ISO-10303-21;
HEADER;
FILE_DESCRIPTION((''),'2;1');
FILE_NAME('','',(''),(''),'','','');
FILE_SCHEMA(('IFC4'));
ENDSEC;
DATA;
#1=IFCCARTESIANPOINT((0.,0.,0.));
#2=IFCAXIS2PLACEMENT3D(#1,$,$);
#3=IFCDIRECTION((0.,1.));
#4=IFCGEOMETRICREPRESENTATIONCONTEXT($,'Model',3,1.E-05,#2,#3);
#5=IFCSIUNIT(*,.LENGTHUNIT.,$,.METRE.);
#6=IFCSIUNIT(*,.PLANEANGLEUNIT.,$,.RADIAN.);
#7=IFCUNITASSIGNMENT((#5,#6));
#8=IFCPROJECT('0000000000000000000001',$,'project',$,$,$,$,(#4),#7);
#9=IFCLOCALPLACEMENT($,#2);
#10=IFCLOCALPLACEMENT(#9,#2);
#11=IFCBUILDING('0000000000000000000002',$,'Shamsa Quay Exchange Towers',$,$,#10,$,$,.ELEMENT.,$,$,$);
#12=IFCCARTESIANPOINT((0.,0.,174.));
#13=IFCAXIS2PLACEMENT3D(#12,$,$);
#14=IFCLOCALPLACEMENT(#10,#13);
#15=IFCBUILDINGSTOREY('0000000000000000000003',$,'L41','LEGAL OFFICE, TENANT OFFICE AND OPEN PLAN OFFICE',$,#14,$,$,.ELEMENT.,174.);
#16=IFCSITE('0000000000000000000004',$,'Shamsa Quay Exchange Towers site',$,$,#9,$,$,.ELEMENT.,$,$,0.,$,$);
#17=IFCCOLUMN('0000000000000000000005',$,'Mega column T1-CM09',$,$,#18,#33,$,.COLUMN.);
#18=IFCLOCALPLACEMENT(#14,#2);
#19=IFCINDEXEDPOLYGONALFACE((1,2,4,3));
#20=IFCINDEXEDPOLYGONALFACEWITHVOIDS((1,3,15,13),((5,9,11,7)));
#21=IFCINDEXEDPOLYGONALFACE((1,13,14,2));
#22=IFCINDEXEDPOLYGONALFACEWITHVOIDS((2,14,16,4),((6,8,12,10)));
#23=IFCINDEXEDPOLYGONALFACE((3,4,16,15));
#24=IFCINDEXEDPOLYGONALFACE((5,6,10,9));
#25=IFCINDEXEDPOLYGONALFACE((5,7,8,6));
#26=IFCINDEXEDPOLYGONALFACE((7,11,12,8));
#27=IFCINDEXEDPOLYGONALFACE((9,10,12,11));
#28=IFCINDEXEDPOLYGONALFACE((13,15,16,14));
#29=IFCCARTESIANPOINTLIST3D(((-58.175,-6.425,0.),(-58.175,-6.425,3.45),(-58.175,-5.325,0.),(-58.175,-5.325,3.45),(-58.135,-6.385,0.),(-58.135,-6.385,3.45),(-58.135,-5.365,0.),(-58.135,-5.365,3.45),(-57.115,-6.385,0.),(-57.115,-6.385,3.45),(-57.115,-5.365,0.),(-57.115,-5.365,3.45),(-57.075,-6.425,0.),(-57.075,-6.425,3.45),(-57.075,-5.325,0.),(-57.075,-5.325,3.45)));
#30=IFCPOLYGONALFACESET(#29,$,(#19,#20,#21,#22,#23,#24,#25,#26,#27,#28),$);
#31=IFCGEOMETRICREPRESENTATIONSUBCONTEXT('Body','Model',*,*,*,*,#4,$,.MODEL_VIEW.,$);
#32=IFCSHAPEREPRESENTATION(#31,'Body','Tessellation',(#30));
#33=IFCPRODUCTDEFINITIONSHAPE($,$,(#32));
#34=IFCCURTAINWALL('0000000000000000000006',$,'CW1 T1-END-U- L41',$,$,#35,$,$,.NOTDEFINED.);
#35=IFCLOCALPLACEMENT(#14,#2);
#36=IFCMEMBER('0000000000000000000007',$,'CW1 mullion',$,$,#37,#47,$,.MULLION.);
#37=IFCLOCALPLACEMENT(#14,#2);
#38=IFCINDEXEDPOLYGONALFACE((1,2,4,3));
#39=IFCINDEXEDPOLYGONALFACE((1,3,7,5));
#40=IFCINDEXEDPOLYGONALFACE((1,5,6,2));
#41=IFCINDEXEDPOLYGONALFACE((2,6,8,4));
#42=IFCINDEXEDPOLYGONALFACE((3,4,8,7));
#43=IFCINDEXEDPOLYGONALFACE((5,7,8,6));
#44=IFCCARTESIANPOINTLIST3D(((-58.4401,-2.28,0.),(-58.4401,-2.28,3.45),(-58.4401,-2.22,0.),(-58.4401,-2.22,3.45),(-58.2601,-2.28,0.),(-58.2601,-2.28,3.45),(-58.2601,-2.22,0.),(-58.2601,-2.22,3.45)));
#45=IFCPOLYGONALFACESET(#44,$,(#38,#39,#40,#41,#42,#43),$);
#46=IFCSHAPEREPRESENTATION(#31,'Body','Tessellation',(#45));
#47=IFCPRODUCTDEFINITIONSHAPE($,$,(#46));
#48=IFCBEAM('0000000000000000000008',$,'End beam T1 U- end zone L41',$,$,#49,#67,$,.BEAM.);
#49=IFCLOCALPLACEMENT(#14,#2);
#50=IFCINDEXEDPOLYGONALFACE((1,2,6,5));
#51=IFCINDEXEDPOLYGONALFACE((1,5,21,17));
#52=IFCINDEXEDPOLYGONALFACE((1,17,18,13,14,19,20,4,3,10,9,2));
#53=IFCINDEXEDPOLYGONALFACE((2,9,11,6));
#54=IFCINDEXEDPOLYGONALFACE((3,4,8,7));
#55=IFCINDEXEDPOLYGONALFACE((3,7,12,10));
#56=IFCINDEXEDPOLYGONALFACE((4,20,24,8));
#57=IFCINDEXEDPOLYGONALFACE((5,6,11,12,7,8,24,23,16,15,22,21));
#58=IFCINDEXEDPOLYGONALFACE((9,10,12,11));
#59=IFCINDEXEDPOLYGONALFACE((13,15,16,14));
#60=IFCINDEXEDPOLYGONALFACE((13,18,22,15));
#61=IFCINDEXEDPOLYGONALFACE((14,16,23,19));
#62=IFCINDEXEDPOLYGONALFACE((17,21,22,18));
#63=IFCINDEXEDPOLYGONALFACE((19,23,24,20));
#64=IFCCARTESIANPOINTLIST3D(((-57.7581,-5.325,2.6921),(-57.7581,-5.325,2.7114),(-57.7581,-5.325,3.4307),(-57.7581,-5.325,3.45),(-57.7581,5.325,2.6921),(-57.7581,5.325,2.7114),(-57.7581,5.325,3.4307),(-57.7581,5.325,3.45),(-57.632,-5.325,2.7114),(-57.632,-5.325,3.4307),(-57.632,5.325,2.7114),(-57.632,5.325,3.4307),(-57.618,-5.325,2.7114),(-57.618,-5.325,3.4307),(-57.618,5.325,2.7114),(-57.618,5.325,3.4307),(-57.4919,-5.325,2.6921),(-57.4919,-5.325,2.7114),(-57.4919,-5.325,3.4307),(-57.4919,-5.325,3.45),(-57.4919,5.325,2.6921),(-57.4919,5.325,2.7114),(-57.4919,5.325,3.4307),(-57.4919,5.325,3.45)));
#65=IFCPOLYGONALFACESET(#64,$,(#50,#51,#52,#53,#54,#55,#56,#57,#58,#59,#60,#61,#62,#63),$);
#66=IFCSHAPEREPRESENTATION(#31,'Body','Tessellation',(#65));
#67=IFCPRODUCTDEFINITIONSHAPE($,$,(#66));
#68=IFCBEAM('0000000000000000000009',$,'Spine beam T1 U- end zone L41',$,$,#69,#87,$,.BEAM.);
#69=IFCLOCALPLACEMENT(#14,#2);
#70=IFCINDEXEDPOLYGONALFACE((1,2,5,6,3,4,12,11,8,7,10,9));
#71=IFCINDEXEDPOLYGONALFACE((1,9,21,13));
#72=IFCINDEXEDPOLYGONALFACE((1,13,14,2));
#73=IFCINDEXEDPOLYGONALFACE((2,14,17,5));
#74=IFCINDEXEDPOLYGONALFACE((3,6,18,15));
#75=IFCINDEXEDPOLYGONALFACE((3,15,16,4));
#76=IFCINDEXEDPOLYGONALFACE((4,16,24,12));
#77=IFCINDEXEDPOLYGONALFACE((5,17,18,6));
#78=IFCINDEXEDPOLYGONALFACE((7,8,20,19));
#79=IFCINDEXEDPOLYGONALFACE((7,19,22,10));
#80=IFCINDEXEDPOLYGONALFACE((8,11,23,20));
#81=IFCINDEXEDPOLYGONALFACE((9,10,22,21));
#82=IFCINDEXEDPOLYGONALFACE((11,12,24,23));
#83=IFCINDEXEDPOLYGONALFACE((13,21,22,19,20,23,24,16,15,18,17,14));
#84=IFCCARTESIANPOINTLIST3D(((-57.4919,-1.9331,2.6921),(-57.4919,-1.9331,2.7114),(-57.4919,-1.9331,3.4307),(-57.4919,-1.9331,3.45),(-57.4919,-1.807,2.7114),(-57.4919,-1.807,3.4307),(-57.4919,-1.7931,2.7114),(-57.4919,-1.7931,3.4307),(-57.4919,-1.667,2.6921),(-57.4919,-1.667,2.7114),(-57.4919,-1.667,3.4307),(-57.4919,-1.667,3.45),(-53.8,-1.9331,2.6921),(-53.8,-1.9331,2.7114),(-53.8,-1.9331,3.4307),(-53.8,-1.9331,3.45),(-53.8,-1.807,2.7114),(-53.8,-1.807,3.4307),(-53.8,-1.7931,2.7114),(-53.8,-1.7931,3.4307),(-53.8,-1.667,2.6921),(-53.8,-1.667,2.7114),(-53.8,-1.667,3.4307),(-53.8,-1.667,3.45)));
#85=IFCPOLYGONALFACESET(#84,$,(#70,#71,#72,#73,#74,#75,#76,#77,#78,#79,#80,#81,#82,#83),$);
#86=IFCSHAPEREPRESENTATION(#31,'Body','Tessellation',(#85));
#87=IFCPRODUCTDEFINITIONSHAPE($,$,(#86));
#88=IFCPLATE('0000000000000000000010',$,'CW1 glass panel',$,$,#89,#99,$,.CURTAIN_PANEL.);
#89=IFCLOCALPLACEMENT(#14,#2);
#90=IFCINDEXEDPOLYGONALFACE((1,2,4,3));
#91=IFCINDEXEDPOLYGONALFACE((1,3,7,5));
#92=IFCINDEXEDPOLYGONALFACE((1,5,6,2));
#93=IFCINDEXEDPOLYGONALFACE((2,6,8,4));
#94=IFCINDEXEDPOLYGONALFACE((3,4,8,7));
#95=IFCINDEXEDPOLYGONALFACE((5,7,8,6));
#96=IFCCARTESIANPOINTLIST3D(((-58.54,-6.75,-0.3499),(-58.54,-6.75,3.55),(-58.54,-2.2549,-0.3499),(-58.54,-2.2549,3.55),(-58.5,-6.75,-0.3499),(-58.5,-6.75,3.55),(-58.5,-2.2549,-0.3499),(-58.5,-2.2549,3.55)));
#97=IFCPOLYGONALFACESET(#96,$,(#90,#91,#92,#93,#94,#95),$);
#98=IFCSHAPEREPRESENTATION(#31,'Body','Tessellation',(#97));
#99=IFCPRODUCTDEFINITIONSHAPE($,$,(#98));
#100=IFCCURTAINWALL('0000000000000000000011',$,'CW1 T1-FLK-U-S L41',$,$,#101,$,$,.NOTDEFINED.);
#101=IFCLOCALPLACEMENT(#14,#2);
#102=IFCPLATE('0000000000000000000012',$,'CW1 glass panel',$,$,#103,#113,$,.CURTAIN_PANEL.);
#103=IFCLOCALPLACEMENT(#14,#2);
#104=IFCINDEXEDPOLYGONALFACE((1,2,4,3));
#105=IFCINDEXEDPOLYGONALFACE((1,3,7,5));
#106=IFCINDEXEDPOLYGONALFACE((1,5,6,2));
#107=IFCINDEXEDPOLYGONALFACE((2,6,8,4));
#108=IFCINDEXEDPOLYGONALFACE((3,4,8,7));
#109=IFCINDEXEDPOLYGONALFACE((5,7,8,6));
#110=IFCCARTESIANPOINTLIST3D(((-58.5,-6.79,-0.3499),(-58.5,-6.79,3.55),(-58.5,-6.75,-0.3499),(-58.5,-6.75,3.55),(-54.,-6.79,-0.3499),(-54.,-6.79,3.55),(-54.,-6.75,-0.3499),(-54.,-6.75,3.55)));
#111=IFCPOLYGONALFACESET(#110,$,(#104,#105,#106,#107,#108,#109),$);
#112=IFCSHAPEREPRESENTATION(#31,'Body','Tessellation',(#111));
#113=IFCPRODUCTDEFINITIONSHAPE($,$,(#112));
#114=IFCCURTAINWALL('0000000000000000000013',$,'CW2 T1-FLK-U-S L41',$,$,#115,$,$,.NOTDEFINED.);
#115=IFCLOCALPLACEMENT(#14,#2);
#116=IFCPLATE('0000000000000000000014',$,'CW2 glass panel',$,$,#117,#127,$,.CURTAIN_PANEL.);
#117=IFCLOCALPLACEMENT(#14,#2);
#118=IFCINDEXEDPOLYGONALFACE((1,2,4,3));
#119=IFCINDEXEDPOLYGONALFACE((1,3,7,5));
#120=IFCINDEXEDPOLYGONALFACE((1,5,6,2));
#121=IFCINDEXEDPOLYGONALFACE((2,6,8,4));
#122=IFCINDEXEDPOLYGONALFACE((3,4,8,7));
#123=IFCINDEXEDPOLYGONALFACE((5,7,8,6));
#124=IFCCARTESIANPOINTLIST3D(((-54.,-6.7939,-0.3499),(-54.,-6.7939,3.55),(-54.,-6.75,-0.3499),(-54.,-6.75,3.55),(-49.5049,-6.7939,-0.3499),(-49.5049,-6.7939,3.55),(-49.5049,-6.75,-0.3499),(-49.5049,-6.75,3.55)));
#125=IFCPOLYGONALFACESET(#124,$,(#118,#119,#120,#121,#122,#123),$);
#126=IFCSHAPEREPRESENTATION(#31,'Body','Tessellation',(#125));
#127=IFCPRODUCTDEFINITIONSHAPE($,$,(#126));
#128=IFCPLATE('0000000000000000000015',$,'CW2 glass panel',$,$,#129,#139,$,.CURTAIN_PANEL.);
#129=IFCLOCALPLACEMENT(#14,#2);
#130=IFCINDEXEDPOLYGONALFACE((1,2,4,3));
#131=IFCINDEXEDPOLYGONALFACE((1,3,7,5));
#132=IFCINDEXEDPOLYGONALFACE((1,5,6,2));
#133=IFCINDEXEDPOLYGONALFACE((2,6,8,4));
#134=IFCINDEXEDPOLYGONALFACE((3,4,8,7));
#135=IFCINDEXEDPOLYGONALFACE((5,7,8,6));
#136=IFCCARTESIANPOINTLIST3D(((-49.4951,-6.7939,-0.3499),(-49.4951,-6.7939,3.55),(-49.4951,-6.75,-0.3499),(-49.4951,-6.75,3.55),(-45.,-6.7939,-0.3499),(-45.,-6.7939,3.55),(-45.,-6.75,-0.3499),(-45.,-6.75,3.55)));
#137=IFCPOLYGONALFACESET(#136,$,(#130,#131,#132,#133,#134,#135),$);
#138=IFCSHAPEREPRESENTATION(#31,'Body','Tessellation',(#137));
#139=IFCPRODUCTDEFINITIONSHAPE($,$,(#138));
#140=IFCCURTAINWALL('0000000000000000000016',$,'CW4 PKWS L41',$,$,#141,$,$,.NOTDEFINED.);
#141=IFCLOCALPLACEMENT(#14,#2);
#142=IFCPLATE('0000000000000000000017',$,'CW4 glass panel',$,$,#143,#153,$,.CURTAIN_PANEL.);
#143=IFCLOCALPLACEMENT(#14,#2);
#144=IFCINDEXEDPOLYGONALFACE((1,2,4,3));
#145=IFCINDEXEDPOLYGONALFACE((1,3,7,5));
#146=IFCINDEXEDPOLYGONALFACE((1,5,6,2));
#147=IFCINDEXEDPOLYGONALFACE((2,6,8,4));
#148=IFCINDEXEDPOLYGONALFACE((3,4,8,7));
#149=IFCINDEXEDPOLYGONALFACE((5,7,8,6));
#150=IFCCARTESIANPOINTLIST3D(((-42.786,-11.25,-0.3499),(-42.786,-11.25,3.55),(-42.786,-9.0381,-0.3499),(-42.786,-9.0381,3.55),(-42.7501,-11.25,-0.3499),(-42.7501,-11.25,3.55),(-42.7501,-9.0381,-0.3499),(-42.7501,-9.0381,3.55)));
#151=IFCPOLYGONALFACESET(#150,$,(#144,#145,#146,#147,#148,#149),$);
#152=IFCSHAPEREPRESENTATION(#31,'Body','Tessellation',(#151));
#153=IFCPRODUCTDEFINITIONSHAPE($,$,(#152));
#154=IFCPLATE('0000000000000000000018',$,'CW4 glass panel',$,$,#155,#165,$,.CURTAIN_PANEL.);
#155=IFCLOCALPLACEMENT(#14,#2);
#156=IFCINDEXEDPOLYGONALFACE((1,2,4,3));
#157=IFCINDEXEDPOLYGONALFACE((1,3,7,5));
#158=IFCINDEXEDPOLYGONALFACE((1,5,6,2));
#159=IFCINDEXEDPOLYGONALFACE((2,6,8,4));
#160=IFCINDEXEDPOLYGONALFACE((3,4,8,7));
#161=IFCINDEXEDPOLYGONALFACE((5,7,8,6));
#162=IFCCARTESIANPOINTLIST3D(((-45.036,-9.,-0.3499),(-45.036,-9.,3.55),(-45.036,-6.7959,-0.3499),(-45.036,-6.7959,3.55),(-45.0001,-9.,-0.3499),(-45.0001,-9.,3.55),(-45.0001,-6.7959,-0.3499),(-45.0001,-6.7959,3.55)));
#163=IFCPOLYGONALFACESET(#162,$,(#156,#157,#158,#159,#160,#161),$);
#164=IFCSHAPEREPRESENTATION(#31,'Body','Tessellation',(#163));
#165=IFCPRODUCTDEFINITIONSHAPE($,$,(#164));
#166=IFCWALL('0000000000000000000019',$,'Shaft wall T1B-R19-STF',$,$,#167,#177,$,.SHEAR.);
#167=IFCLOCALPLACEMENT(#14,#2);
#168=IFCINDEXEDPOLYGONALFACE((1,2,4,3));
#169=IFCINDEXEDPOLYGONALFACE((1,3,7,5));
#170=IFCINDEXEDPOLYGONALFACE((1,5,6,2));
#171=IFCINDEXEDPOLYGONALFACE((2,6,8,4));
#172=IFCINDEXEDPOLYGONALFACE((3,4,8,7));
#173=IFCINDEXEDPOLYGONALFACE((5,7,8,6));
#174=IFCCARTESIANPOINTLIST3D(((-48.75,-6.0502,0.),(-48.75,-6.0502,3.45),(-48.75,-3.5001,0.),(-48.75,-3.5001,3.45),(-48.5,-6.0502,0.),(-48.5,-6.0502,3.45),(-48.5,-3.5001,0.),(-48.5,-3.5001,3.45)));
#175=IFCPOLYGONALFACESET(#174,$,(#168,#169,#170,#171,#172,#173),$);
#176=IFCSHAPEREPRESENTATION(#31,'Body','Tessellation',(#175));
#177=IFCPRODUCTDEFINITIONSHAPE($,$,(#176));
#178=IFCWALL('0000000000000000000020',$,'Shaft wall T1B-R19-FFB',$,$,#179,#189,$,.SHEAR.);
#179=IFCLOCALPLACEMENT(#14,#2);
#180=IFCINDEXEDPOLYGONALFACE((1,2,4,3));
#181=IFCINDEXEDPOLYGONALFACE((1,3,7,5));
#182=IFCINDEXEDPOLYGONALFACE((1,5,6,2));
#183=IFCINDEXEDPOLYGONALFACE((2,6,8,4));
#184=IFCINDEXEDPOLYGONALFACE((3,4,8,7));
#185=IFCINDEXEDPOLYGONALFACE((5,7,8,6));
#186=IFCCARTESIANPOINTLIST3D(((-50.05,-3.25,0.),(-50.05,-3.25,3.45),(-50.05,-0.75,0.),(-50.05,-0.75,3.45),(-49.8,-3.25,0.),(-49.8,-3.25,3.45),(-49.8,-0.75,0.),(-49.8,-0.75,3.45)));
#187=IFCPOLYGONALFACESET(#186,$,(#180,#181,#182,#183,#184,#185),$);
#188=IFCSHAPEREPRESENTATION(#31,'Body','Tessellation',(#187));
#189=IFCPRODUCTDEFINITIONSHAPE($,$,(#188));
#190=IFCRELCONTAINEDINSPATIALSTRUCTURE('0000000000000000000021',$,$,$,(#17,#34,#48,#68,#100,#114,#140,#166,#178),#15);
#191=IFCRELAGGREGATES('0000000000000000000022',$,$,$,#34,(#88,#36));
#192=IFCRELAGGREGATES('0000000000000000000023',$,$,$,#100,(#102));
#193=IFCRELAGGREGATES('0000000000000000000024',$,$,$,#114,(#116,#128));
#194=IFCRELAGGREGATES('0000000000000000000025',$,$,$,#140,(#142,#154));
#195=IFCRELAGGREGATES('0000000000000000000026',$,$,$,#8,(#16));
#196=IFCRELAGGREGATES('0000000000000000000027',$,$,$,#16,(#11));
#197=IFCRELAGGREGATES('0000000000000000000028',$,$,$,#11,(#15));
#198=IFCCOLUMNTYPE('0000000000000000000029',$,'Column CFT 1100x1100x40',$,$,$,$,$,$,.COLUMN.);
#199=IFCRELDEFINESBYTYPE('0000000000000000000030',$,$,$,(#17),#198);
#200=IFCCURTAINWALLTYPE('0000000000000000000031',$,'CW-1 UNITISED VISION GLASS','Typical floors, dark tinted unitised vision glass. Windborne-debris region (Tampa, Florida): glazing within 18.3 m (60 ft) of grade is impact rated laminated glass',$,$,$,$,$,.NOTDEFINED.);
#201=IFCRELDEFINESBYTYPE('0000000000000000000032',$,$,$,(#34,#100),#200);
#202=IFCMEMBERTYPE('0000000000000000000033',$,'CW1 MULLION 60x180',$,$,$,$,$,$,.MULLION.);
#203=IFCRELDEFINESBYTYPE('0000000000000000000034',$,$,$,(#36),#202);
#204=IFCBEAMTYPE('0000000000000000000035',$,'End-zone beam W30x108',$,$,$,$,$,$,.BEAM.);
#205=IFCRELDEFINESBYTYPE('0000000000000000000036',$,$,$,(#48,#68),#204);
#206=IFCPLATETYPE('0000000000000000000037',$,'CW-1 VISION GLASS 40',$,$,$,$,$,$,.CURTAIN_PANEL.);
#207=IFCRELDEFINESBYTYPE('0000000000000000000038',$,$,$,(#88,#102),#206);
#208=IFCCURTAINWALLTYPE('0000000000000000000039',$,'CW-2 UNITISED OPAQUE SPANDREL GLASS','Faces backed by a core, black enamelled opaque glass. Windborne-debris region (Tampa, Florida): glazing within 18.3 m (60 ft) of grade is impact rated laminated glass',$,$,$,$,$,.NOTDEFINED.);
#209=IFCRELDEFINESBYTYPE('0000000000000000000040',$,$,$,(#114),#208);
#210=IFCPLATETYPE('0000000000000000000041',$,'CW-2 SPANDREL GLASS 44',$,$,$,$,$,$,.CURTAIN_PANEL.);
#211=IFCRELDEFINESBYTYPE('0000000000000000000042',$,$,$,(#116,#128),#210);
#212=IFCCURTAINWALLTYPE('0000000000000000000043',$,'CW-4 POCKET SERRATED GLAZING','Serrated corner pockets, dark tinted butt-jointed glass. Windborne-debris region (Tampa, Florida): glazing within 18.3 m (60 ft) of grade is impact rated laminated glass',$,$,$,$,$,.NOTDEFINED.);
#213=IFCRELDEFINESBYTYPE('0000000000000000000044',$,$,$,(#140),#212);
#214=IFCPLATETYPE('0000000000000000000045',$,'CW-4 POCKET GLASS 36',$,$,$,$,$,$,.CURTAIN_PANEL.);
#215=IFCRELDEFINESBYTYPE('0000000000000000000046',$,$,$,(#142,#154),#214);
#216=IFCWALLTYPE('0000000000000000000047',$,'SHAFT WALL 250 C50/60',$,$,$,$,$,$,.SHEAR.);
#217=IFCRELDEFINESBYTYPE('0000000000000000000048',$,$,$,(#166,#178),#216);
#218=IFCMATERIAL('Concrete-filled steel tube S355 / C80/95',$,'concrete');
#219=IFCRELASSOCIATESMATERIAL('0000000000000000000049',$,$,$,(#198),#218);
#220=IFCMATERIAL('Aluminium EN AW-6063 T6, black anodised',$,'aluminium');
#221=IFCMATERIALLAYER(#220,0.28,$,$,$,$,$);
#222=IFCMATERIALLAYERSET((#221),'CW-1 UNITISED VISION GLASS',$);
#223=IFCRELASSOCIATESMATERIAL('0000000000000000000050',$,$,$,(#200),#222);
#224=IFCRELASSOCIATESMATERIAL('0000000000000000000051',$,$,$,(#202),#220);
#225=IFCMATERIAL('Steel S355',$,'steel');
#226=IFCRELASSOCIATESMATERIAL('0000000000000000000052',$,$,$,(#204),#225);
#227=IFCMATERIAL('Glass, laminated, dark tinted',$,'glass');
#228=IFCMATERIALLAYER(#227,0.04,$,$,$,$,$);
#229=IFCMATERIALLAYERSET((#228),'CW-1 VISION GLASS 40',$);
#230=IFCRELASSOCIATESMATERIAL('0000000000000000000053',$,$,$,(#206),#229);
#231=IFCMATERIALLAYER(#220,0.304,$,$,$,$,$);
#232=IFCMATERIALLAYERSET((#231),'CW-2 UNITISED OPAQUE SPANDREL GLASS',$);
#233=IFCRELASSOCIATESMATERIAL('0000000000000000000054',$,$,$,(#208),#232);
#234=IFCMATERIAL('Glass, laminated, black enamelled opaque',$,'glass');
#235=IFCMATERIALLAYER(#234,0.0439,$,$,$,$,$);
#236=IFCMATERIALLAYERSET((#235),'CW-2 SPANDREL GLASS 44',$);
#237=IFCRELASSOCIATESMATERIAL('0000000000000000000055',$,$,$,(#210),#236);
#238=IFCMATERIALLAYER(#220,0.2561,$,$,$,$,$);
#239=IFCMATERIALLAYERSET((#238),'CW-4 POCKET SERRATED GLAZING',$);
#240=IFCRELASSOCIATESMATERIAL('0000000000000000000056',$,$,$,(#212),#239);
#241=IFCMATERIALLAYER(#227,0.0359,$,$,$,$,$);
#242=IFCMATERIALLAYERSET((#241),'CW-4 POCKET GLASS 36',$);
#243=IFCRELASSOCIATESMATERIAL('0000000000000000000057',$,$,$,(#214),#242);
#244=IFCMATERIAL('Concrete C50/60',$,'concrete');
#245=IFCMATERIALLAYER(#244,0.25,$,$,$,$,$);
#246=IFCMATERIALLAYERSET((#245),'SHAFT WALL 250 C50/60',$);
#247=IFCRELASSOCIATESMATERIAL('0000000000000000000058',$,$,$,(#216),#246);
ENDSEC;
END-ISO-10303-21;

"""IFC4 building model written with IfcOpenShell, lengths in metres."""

from ifc_helpers import new_model, si_unit, direction, frame, frame_2d, origin, origin_2d, place, context, subcontext, project, spatial, rectangle, hollow_rectangle, i_section, extrude, material, layer, layer_set, material_profile, profile_set, type_object, element, aggregate, save


model = new_model("IFC4")

# Units and contexts
model_context = context("Model", 3, precision=1e-05, world=origin(), true_north=direction((0.0, 1.0)))
body_context = subcontext(model_context, "Body", "Model", "MODEL_VIEW")
ifc_project = project(units=[si_unit("LENGTHUNIT", "METRE"), si_unit("PLANEANGLEUNIT", "RADIAN")], contexts=[model_context])

# Site, building, storey
site_placement = place(None, origin())
site = spatial("IfcSite", under=ifc_project, at=site_placement, Name="Shamsa Quay Exchange Towers site", CompositionType="ELEMENT", RefElevation=0.0)
building_placement = place(site_placement, origin())
building = spatial("IfcBuilding", under=site, at=building_placement, Name="Shamsa Quay Exchange Towers", CompositionType="ELEMENT")
storey_placement = place(building_placement, frame((0.0, 0.0, 174.0)))
storey = spatial("IfcBuildingStorey", under=building, at=storey_placement, Name="L41", Description="LEGAL OFFICE, TENANT OFFICE AND OPEN PLAN OFFICE", CompositionType="ELEMENT", Elevation=174.0)

# Column
ifc_material_1 = material(Name="Concrete-filled steel tube S355 / C80/95", Category="concrete")
ifc_material_profile_1 = material_profile(ifc_material_1, hollow_rectangle(XDim=1.1001, YDim=1.1001, WallThickness=0.04, at=origin_2d()), Name="CFT 1100x1100x40")
ifc_profile_set_1 = profile_set([ifc_material_profile_1], Name="Concrete-filled steel tube S355 / C80/95")
column_type = type_object("IfcColumnType", Name="Column CFT 1100x1100x40", PredefinedType="COLUMN", material=ifc_profile_set_1)
column_placement = place(storey_placement, frame((-57.625, -5.875, 0.0)))
element("IfcColumn", 1, at=column_placement, inside=storey, type_object=column_type, Name="Mega column T1-CM09", PredefinedType="COLUMN", context=body_context, shape_type="SweptSolid", body=[
    extrude(hollow_rectangle(XDim=1.1001, YDim=1.1001, WallThickness=0.04, at=origin_2d()), origin(), (0.0, 0.0, 1.0), 3.45),
])

# Curtain wall, member
ifc_material_2 = material(Name="Aluminium EN AW-6063 T6, black anodised", Category="aluminium")
ifc_layer_1 = layer(ifc_material_2, 0.28)
ifc_layer_set_1 = layer_set([ifc_layer_1], Name="CW-1 UNITISED VISION GLASS")
curtain_wall_type_1 = type_object("IfcCurtainWallType", Name="CW-1 UNITISED VISION GLASS", Description="Typical floors, dark tinted unitised vision glass. Windborne-debris region (Tampa, Florida): glazing within 18.3 m (60 ft) of grade is impact rated laminated glass", PredefinedType="NOTDEFINED", material=ifc_layer_set_1)
curtain_wall_1_placement = place(storey_placement, origin())
curtain_wall_1 = element("IfcCurtainWall", 2, at=curtain_wall_1_placement, inside=storey, type_object=curtain_wall_type_1, Name="CW1 T1-END-U- L41", PredefinedType="NOTDEFINED")
ifc_material_profile_2 = material_profile(ifc_material_2, rectangle(XDim=0.1799, YDim=0.0601, at=origin_2d()), Name="MU60x180")
ifc_profile_set_2 = profile_set([ifc_material_profile_2], Name="Aluminium EN AW-6063 T6, black anodised")
member_type = type_object("IfcMemberType", Name="CW1 MULLION 60x180", PredefinedType="MULLION", material=ifc_profile_set_2)
member_placement = place(storey_placement, frame((-58.3501, -2.25, 0.0)))
member = element("IfcMember", 3, at=member_placement, type_object=member_type, Name="CW1 mullion", PredefinedType="MULLION", context=body_context, shape_type="SweptSolid", body=[
    extrude(rectangle(XDim=0.1799, YDim=0.0601, at=origin_2d()), origin(), (0.0, 0.0, 1.0), 3.45),
])

# Beams
ifc_material_3 = material(Name="Steel S355", Category="steel")
ifc_material_profile_3 = material_profile(ifc_material_3, i_section(OverallWidth=0.2661, OverallDepth=0.7578, WebThickness=0.0139, FlangeThickness=0.0193, at=origin_2d()), Name="W30x108")
ifc_profile_set_3 = profile_set([ifc_material_profile_3], Name="Steel S355")
beam_type = type_object("IfcBeamType", Name="End-zone beam W30x108", PredefinedType="BEAM", material=ifc_profile_set_3)
beam_1_placement = place(storey_placement, frame((-57.625, -5.325, 3.071), z_axis=(0.0, 1.0, 0.0), x_axis=(-1.0, 0.0, 0.0)))
element("IfcBeam", 4, at=beam_1_placement, inside=storey, type_object=beam_type, Name="End beam T1 U- end zone L41", PredefinedType="BEAM", context=body_context, shape_type="SweptSolid", body=[
    extrude(i_section(OverallWidth=0.2661, OverallDepth=0.7578, WebThickness=0.0139, FlangeThickness=0.0193, at=origin_2d()), origin(), (0.0, 0.0, 1.0), 10.6499),
])
beam_2_placement = place(storey_placement, frame((-53.8, -1.8, 3.071), z_axis=(-1.0, 0.0, 0.0), x_axis=(0.0, -1.0, 0.0)))
element("IfcBeam", 5, at=beam_2_placement, inside=storey, type_object=beam_type, Name="Spine beam T1 U- end zone L41", PredefinedType="BEAM", context=body_context, shape_type="SweptSolid", body=[
    extrude(i_section(OverallWidth=0.2661, OverallDepth=0.7578, WebThickness=0.0139, FlangeThickness=0.0193, at=origin_2d()), origin(), (0.0, 0.0, 1.0), 3.6919),
])

# Plate
ifc_material_4 = material(Name="Glass, laminated, dark tinted", Category="glass")
ifc_layer_2 = layer(ifc_material_4, 0.04)
ifc_layer_set_2 = layer_set([ifc_layer_2], Name="CW-1 VISION GLASS 40")
plate_type_1 = type_object("IfcPlateType", Name="CW-1 VISION GLASS 40", PredefinedType="CURTAIN_PANEL", material=ifc_layer_set_2)
plate_1_placement = place(storey_placement, frame((-58.52, -4.5024, -0.3499), z_axis=(0.0, 0.0, 1.0), x_axis=(0.0, -1.0, 0.0)))
plate_1 = element("IfcPlate", 6, at=plate_1_placement, type_object=plate_type_1, Name="CW1 glass panel", PredefinedType="CURTAIN_PANEL", context=body_context, shape_type="SweptSolid", body=[
    extrude(rectangle(XDim=4.4951, YDim=0.04, at=origin_2d()), origin(), (0.0, 0.0, 1.0), 3.8999),
])
aggregate(curtain_wall_1, [plate_1, member])

# Curtain wall, plate
curtain_wall_2_placement = place(storey_placement, origin())
curtain_wall_2 = element("IfcCurtainWall", 7, at=curtain_wall_2_placement, inside=storey, type_object=curtain_wall_type_1, Name="CW1 T1-FLK-U-S L41", PredefinedType="NOTDEFINED")
plate_2_placement = place(storey_placement, frame((-56.25, -6.77, -0.3499)))
plate_2 = element("IfcPlate", 8, at=plate_2_placement, type_object=plate_type_1, Name="CW1 glass panel", PredefinedType="CURTAIN_PANEL", context=body_context, shape_type="SweptSolid", body=[
    extrude(rectangle(XDim=4.5, YDim=0.04, at=origin_2d()), origin(), (0.0, 0.0, 1.0), 3.8999),
])
aggregate(curtain_wall_2, [plate_2])

# Curtain walls, plates
ifc_layer_3 = layer(ifc_material_2, 0.304)
ifc_layer_set_3 = layer_set([ifc_layer_3], Name="CW-2 UNITISED OPAQUE SPANDREL GLASS")
curtain_wall_type_2 = type_object("IfcCurtainWallType", Name="CW-2 UNITISED OPAQUE SPANDREL GLASS", Description="Faces backed by a core, black enamelled opaque glass. Windborne-debris region (Tampa, Florida): glazing within 18.3 m (60 ft) of grade is impact rated laminated glass", PredefinedType="NOTDEFINED", material=ifc_layer_set_3)
curtain_wall_3_placement = place(storey_placement, origin())
curtain_wall_3 = element("IfcCurtainWall", 9, at=curtain_wall_3_placement, inside=storey, type_object=curtain_wall_type_2, Name="CW2 T1-FLK-U-S L41", PredefinedType="NOTDEFINED")
ifc_material_5 = material(Name="Glass, laminated, black enamelled opaque", Category="glass")
ifc_layer_4 = layer(ifc_material_5, 0.0439)
ifc_layer_set_4 = layer_set([ifc_layer_4], Name="CW-2 SPANDREL GLASS 44")
plate_type_2 = type_object("IfcPlateType", Name="CW-2 SPANDREL GLASS 44", PredefinedType="CURTAIN_PANEL", material=ifc_layer_set_4)
plate_3_placement = place(storey_placement, frame((-51.7524, -6.772, -0.3499)))
plate_3 = element("IfcPlate", 10, at=plate_3_placement, type_object=plate_type_2, Name="CW2 glass panel", PredefinedType="CURTAIN_PANEL", context=body_context, shape_type="SweptSolid", body=[
    extrude(rectangle(XDim=4.4951, YDim=0.0439, at=origin_2d()), origin(), (0.0, 0.0, 1.0), 3.8999),
])
plate_4_placement = place(storey_placement, frame((-47.2476, -6.772, -0.3499)))
plate_4 = element("IfcPlate", 11, at=plate_4_placement, type_object=plate_type_2, Name="CW2 glass panel", PredefinedType="CURTAIN_PANEL", context=body_context, shape_type="SweptSolid", body=[
    extrude(rectangle(XDim=4.4951, YDim=0.0439, at=origin_2d()), origin(), (0.0, 0.0, 1.0), 3.8999),
])
aggregate(curtain_wall_3, [plate_3, plate_4])
ifc_layer_5 = layer(ifc_material_2, 0.2561)
ifc_layer_set_5 = layer_set([ifc_layer_5], Name="CW-4 POCKET SERRATED GLAZING")
curtain_wall_type_3 = type_object("IfcCurtainWallType", Name="CW-4 POCKET SERRATED GLAZING", Description="Serrated corner pockets, dark tinted butt-jointed glass. Windborne-debris region (Tampa, Florida): glazing within 18.3 m (60 ft) of grade is impact rated laminated glass", PredefinedType="NOTDEFINED", material=ifc_layer_set_5)
curtain_wall_4_placement = place(storey_placement, origin())
curtain_wall_4 = element("IfcCurtainWall", 12, at=curtain_wall_4_placement, inside=storey, type_object=curtain_wall_type_3, Name="CW4 PKWS L41", PredefinedType="NOTDEFINED")
ifc_layer_6 = layer(ifc_material_4, 0.0359)
ifc_layer_set_6 = layer_set([ifc_layer_6], Name="CW-4 POCKET GLASS 36")
plate_type_3 = type_object("IfcPlateType", Name="CW-4 POCKET GLASS 36", PredefinedType="CURTAIN_PANEL", material=ifc_layer_set_6)
plate_5_placement = place(storey_placement, frame((-42.7681, -10.144, -0.3499), z_axis=(0.0, 0.0, 1.0), x_axis=(0.0, -1.0, 0.0)))
plate_5 = element("IfcPlate", 13, at=plate_5_placement, type_object=plate_type_3, Name="CW4 glass panel", PredefinedType="CURTAIN_PANEL", context=body_context, shape_type="SweptSolid", body=[
    extrude(rectangle(XDim=2.2119, YDim=0.0359, at=origin_2d()), origin(), (0.0, 0.0, 1.0), 3.8999),
])
plate_6_placement = place(storey_placement, frame((-45.0181, -7.8979, -0.3499), z_axis=(0.0, 0.0, 1.0), x_axis=(0.0, -1.0, 0.0)))
plate_6 = element("IfcPlate", 14, at=plate_6_placement, type_object=plate_type_3, Name="CW4 glass panel", PredefinedType="CURTAIN_PANEL", context=body_context, shape_type="SweptSolid", body=[
    extrude(rectangle(XDim=2.2041, YDim=0.0359, at=origin_2d()), origin(), (0.0, 0.0, 1.0), 3.8999),
])
aggregate(curtain_wall_4, [plate_5, plate_6])

# Wall
ifc_material_6 = material(Name="Concrete C50/60", Category="concrete")
ifc_layer_7 = layer(ifc_material_6, 0.25)
ifc_layer_set_7 = layer_set([ifc_layer_7], Name="SHAFT WALL 250 C50/60")
wall_type_1 = type_object("IfcWallType", Name="SHAFT WALL 250 C50/60", PredefinedType="SHEAR", material=ifc_layer_set_7)
wall_1_placement = place(storey_placement, frame((-48.625, -6.05, 0.0), z_axis=(0.0, 0.0, 1.0), x_axis=(0.0, 1.0, 0.0)))
element("IfcWall", 15, at=wall_1_placement, inside=storey, type_object=wall_type_1, Name="Shaft wall T1B-R19-STF", PredefinedType="SHEAR", context=body_context, shape_type="SweptSolid", body=[
    extrude(rectangle(XDim=2.55, YDim=0.25, at=frame_2d((1.2749, 0.0))), origin(), (0.0, 0.0, 1.0), 3.45),
])

# Wall
wall_2_placement = place(storey_placement, frame((-49.925, -3.25, 0.0), z_axis=(0.0, 0.0, 1.0), x_axis=(0.0, 1.0, 0.0)))
element("IfcWall", 16, at=wall_2_placement, inside=storey, type_object=wall_type_1, Name="Shaft wall T1B-R19-FFB", PredefinedType="SHEAR", context=body_context, shape_type="SweptSolid", body=[
    extrude(rectangle(XDim=2.5, YDim=0.25, at=frame_2d((1.25, 0.0))), origin(), (0.0, 0.0, 1.0), 3.45),
])

save(model, "model.ifc")
